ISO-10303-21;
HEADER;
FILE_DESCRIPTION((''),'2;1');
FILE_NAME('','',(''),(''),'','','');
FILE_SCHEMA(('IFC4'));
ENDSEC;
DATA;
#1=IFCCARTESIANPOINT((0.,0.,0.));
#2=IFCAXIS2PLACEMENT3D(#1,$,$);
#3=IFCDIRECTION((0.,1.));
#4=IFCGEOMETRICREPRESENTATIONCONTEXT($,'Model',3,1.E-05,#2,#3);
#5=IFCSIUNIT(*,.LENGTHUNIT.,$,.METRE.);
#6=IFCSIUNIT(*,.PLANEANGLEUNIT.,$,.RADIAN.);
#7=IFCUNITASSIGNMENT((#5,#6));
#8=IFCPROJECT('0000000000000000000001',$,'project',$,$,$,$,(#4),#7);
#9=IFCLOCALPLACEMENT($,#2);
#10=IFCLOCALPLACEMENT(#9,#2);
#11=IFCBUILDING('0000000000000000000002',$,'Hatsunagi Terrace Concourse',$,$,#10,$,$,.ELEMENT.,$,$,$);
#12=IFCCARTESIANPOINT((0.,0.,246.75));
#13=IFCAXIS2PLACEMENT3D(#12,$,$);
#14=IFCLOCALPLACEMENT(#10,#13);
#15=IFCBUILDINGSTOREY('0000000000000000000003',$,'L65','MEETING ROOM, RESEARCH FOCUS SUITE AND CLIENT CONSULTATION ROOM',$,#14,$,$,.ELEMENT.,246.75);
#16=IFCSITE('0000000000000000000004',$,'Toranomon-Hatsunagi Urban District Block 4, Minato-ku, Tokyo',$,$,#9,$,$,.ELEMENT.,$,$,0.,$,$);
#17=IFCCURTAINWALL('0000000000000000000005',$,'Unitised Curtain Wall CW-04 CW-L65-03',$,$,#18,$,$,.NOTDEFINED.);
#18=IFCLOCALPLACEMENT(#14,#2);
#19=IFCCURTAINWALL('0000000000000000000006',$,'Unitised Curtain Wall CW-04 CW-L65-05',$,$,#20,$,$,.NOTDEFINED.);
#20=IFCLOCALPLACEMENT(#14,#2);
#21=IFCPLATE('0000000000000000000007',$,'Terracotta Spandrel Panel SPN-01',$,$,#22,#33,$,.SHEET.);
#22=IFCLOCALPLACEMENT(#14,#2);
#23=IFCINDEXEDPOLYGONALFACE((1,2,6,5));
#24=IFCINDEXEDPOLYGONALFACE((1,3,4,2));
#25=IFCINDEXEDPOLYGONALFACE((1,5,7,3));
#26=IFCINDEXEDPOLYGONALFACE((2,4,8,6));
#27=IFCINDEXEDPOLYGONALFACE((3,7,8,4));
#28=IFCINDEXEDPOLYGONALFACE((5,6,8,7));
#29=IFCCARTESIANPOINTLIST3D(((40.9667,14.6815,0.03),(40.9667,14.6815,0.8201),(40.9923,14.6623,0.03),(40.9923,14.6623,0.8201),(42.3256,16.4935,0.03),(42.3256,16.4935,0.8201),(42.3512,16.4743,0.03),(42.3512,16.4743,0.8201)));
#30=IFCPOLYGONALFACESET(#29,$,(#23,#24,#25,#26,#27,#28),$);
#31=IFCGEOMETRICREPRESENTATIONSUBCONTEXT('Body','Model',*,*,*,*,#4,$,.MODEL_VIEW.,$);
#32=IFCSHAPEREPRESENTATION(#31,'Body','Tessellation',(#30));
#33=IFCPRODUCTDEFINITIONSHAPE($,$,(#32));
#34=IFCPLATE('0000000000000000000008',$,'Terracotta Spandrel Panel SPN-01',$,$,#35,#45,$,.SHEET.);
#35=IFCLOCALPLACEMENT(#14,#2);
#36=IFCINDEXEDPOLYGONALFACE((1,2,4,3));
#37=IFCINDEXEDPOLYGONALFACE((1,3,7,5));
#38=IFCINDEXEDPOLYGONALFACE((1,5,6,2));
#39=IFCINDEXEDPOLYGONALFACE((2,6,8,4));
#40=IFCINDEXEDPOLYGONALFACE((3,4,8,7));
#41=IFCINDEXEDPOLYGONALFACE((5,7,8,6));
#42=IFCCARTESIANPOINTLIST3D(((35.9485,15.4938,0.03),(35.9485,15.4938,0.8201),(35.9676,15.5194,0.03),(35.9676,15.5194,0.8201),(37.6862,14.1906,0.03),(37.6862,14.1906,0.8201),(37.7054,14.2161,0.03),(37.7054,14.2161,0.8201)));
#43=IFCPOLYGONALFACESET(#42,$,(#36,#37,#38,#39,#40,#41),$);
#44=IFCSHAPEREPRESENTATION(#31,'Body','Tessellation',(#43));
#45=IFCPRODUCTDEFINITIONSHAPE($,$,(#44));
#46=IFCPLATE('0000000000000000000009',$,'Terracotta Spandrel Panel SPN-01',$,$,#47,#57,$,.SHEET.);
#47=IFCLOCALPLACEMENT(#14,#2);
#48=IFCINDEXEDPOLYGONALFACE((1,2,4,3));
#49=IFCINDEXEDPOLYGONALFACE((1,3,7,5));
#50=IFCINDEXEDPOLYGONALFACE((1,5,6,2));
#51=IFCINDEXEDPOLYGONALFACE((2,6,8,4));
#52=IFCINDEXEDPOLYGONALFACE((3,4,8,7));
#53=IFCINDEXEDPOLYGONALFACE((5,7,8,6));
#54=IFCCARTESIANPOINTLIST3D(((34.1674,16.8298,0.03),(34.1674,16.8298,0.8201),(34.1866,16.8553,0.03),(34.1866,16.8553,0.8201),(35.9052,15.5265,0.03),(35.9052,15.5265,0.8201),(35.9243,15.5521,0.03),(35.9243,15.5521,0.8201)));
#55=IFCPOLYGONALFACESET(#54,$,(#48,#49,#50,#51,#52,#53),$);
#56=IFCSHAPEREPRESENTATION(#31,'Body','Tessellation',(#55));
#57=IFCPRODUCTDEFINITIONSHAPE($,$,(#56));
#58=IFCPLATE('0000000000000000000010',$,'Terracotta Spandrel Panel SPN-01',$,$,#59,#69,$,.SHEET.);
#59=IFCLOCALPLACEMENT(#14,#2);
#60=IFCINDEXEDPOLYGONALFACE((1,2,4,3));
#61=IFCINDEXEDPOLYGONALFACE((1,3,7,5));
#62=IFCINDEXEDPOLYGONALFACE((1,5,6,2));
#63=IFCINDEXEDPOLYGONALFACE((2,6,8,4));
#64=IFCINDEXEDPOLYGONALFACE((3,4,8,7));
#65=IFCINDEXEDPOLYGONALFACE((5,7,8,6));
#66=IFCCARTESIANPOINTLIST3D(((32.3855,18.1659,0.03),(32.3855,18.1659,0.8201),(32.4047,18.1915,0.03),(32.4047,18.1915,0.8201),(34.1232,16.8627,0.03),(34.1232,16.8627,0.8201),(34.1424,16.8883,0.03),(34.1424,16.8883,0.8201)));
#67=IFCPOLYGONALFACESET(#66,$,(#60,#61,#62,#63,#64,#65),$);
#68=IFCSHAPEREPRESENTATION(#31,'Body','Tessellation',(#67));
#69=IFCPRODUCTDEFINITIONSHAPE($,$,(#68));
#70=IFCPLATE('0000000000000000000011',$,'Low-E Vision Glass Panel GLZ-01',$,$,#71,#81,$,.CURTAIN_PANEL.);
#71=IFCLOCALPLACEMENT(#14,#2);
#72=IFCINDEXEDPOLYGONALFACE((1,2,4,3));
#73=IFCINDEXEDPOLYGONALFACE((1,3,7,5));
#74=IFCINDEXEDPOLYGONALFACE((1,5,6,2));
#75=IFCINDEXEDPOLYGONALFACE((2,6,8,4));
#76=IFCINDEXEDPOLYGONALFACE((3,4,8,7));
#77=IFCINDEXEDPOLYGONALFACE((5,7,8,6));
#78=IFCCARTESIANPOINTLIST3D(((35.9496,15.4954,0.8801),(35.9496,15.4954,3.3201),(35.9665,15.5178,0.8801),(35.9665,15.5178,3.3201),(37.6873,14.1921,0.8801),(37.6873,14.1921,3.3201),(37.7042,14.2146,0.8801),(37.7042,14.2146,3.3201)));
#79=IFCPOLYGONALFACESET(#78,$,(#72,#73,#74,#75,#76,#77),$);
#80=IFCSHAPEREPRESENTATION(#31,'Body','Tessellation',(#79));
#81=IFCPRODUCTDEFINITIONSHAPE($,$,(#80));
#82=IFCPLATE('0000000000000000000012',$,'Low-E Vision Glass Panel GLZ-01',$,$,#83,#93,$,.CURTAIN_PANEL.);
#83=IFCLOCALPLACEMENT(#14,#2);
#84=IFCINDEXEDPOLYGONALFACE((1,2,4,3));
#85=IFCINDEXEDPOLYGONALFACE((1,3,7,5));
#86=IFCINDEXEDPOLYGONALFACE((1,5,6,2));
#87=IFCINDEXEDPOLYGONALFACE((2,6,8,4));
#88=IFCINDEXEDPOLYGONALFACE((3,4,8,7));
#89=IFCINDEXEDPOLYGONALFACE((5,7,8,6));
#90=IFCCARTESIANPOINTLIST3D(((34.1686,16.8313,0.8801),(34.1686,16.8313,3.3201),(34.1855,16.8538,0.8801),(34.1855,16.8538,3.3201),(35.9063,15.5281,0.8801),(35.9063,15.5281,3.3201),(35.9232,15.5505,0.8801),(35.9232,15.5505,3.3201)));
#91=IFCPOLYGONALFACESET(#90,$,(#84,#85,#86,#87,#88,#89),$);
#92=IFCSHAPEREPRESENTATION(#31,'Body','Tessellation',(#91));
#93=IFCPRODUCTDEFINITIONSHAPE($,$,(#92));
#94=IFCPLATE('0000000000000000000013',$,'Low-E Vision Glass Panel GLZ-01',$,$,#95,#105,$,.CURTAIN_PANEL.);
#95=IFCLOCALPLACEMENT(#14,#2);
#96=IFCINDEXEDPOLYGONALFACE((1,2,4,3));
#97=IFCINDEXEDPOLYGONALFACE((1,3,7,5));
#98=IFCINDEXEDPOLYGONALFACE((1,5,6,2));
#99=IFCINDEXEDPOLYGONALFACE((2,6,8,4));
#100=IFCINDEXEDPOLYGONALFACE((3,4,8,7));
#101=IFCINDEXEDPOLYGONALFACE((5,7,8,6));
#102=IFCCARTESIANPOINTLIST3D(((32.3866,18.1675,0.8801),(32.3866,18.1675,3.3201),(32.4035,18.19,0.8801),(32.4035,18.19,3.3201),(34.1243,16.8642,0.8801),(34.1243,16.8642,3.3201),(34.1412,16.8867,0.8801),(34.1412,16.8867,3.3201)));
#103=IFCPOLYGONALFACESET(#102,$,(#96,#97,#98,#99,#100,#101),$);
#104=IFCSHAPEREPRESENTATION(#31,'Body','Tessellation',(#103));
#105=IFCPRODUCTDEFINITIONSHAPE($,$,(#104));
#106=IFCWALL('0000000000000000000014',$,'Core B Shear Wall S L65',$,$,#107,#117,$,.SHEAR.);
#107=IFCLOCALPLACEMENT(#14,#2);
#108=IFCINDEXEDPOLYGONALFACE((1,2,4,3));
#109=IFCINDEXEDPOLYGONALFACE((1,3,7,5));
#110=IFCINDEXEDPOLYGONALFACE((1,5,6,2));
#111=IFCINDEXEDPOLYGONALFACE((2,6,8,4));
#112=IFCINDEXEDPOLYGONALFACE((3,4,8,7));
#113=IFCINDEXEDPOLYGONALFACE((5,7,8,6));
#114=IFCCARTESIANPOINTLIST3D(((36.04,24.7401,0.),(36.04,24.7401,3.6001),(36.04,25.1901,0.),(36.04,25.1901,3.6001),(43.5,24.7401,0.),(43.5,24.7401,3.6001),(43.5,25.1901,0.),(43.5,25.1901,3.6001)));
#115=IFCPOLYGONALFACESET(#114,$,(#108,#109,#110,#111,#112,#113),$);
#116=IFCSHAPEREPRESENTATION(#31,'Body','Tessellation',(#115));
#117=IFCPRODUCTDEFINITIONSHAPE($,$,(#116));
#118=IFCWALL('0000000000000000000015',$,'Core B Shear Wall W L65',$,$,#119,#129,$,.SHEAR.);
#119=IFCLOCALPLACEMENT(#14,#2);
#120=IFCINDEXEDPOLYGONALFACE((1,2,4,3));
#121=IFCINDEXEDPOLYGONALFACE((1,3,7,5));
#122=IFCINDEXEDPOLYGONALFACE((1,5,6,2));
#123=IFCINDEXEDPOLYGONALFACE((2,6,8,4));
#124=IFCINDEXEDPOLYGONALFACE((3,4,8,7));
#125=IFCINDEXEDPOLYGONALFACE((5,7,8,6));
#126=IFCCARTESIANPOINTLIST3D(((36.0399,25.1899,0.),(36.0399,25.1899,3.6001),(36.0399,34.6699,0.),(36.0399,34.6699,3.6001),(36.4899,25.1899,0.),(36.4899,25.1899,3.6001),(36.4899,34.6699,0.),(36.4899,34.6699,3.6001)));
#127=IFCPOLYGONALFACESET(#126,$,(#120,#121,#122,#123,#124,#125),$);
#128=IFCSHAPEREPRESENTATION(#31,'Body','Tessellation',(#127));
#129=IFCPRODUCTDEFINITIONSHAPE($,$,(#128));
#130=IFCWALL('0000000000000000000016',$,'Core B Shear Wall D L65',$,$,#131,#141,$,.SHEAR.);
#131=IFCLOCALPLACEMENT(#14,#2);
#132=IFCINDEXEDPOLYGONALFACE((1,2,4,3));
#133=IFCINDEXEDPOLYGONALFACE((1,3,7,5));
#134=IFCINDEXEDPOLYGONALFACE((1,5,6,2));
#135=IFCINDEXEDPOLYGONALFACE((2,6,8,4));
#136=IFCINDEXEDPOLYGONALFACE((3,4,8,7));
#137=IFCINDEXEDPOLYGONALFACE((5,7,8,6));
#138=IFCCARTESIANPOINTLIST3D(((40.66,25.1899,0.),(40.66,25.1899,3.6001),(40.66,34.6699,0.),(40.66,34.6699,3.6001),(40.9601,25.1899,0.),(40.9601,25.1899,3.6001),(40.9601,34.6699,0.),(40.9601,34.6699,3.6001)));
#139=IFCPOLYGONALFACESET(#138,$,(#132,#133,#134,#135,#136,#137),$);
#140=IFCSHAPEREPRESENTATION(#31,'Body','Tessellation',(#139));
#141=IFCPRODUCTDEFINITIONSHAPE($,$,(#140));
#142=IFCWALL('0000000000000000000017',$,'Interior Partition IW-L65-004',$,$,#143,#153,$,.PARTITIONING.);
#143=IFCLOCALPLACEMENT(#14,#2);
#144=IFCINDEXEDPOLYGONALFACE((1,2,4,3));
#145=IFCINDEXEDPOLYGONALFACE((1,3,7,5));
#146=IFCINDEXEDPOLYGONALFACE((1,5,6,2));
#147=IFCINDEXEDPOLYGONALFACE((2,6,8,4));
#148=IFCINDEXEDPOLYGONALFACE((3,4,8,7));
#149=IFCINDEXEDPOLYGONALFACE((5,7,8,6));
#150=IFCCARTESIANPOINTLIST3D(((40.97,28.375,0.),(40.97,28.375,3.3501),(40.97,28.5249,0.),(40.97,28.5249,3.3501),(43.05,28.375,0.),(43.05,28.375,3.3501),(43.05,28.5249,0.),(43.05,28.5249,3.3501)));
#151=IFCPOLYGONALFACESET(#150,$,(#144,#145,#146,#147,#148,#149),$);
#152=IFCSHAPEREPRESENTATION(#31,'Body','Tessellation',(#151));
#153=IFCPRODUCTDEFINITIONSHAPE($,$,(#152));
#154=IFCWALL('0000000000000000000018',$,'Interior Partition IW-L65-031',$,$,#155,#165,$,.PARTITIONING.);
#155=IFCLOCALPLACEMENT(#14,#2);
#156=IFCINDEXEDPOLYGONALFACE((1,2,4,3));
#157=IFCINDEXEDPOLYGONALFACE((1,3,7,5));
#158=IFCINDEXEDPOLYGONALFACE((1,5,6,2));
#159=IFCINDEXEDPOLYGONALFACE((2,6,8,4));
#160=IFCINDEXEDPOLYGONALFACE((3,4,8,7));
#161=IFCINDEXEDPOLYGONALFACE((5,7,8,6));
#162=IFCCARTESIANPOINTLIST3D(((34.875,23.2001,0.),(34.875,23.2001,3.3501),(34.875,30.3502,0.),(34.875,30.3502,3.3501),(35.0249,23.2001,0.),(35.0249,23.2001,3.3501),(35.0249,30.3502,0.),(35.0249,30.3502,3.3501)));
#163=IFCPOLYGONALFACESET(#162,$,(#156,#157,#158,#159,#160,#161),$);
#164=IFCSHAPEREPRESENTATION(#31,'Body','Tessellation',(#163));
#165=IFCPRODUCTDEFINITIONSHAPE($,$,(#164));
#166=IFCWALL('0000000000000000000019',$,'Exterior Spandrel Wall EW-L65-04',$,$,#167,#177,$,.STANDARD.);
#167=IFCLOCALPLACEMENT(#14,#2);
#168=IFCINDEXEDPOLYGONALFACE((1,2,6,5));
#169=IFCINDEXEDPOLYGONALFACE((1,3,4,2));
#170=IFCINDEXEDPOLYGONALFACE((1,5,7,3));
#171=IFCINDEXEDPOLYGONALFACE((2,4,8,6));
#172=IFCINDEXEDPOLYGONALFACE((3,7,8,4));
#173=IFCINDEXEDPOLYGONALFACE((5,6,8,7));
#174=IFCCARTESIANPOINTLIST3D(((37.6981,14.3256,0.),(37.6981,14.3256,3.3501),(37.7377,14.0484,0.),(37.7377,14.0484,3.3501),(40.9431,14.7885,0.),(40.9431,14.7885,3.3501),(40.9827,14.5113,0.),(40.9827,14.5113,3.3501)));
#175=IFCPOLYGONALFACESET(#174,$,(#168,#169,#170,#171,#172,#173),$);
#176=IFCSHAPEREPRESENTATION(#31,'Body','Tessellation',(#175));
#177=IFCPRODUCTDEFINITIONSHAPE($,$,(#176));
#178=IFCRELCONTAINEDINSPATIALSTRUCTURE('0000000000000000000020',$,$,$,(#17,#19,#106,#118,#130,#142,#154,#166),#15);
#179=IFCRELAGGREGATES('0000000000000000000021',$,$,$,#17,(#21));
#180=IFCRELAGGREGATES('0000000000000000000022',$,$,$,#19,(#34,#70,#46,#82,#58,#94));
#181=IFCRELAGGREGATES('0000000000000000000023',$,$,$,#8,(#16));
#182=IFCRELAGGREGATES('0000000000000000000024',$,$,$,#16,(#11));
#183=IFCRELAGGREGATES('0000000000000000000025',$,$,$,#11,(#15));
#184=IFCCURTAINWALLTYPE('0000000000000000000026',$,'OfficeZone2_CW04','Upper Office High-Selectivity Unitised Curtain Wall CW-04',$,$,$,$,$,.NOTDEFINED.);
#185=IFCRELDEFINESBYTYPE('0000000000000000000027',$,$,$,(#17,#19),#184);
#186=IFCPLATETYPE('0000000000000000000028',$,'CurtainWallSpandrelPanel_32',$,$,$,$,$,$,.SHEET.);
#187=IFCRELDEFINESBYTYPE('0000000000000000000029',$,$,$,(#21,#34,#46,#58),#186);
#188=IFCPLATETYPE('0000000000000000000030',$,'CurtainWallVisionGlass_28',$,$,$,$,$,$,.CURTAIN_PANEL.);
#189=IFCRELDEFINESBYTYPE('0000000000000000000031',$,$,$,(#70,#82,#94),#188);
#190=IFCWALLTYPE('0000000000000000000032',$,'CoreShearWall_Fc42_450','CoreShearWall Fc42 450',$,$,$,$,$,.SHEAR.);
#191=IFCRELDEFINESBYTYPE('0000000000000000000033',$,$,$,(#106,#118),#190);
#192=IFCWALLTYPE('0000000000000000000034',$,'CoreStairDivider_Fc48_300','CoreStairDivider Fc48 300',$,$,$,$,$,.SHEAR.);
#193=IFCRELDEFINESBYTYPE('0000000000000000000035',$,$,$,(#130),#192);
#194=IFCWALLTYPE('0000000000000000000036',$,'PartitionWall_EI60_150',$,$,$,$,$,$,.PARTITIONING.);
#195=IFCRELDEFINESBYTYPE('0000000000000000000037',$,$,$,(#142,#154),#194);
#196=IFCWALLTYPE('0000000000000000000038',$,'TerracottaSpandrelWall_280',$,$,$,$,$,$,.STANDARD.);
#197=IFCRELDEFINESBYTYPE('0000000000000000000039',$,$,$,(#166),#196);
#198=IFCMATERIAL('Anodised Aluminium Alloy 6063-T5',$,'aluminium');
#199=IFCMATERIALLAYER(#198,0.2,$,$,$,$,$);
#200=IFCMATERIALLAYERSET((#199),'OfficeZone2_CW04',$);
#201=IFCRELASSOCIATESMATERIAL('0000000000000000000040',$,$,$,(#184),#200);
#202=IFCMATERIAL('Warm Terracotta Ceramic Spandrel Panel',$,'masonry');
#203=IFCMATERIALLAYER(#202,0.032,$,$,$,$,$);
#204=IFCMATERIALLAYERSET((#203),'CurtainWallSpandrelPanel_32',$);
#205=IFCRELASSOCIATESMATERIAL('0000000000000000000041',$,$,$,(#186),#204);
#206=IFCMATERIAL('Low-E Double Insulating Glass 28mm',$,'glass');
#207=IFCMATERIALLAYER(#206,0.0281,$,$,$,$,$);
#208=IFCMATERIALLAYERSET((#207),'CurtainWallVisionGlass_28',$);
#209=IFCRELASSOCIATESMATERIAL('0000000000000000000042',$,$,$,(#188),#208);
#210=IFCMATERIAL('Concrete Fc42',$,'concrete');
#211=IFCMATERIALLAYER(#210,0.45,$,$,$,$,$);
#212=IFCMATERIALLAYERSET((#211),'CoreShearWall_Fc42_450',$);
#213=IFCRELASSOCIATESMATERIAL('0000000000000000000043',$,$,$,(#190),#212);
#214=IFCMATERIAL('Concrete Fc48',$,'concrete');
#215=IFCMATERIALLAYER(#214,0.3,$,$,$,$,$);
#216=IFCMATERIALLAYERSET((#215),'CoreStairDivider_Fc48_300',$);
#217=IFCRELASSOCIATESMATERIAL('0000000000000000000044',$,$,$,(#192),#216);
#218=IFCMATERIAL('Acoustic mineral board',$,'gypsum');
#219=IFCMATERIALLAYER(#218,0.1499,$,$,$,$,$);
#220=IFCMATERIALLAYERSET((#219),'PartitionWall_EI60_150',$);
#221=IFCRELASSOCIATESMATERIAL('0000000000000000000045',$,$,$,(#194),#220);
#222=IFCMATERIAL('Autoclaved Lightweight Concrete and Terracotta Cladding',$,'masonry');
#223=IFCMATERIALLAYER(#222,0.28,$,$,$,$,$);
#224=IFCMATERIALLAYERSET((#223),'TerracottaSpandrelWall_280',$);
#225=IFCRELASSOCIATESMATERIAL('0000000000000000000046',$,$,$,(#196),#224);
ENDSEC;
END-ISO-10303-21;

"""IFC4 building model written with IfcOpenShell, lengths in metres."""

from ifc_helpers import new_model, si_unit, direction, frame, frame_2d, origin, origin_2d, place, context, subcontext, project, spatial, rectangle, extrude, material, layer, layer_set, type_object, element, aggregate, save


model = new_model("IFC4")

# Units and contexts
model_context = context("Model", 3, precision=1e-05, world=origin(), true_north=direction((0.0, 1.0)))
body_context = subcontext(model_context, "Body", "Model", "MODEL_VIEW")
ifc_project = project(units=[si_unit("LENGTHUNIT", "METRE"), si_unit("PLANEANGLEUNIT", "RADIAN")], contexts=[model_context])

# Site, building, storey
site_placement = place(None, origin())
site = spatial("IfcSite", under=ifc_project, at=site_placement, Name="Toranomon-Hatsunagi Urban District Block 4, Minato-ku, Tokyo", CompositionType="ELEMENT", RefElevation=0.0)
building_placement = place(site_placement, origin())
building = spatial("IfcBuilding", under=site, at=building_placement, Name="Hatsunagi Terrace Concourse", CompositionType="ELEMENT")
storey_placement = place(building_placement, frame((0.0, 0.0, 246.75)))
storey = spatial("IfcBuildingStorey", under=building, at=storey_placement, Name="L65", Description="MEETING ROOM, RESEARCH FOCUS SUITE AND CLIENT CONSULTATION ROOM", CompositionType="ELEMENT", Elevation=246.75)

# Curtain wall
ifc_material_1 = material(Name="Anodised Aluminium Alloy 6063-T5", Category="aluminium")
ifc_layer_1 = layer(ifc_material_1, 0.2)
ifc_layer_set_1 = layer_set([ifc_layer_1], Name="OfficeZone2_CW04")
curtain_wall_type = type_object("IfcCurtainWallType", Name="OfficeZone2_CW04", Description="Upper Office High-Selectivity Unitised Curtain Wall CW-04", PredefinedType="NOTDEFINED", material=ifc_layer_set_1)
curtain_wall_1_placement = place(storey_placement, origin())
curtain_wall_1 = element("IfcCurtainWall", 1, at=curtain_wall_1_placement, inside=storey, type_object=curtain_wall_type, Name="Unitised Curtain Wall CW-04 CW-L65-03", PredefinedType="NOTDEFINED")

# Curtain wall
curtain_wall_2_placement = place(storey_placement, origin())
curtain_wall_2 = element("IfcCurtainWall", 2, at=curtain_wall_2_placement, inside=storey, type_object=curtain_wall_type, Name="Unitised Curtain Wall CW-04 CW-L65-05", PredefinedType="NOTDEFINED")

# Plates
ifc_material_2 = material(Name="Warm Terracotta Ceramic Spandrel Panel", Category="masonry")
ifc_layer_2 = layer(ifc_material_2, 0.032)
ifc_layer_set_2 = layer_set([ifc_layer_2], Name="CurtainWallSpandrelPanel_32")
plate_type_1 = type_object("IfcPlateType", Name="CurtainWallSpandrelPanel_32", PredefinedType="SHEET", material=ifc_layer_set_2)
plate_1_placement = place(storey_placement, frame((41.6589, 15.5779, 0.03), z_axis=(0.0, 0.0, 1.0), x_axis=(-0.599969, -0.800023, 0.0)))
plate_1 = element("IfcPlate", 3, at=plate_1_placement, type_object=plate_type_1, Name="Terracotta Spandrel Panel SPN-01", PredefinedType="SHEET", context=body_context, shape_type="SweptSolid", body=[
    extrude(rectangle(XDim=2.2649, YDim=0.032, at=origin_2d()), origin(), (0.0, 0.0, 1.0), 0.79),
])
aggregate(curtain_wall_1, [plate_1])
plate_2_placement = place(storey_placement, frame((36.8269, 14.855, 0.03), z_axis=(0.0, 0.0, 1.0), x_axis=(-0.800007, 0.59999, 0.0)))
plate_2 = element("IfcPlate", 4, at=plate_2_placement, type_object=plate_type_1, Name="Terracotta Spandrel Panel SPN-01", PredefinedType="SHEET", context=body_context, shape_type="SweptSolid", body=[
    extrude(rectangle(XDim=2.1721, YDim=0.032, at=origin_2d()), origin(), (0.0, 0.0, 1.0), 0.79),
])
plate_3_placement = place(storey_placement, frame((35.0459, 16.1909, 0.03), z_axis=(0.0, 0.0, 1.0), x_axis=(-0.800007, 0.59999, 0.0)))
plate_3 = element("IfcPlate", 5, at=plate_3_placement, type_object=plate_type_1, Name="Terracotta Spandrel Panel SPN-01", PredefinedType="SHEET", context=body_context, shape_type="SweptSolid", body=[
    extrude(rectangle(XDim=2.1721, YDim=0.032, at=origin_2d()), origin(), (0.0, 0.0, 1.0), 0.79),
])
plate_4_placement = place(storey_placement, frame((33.2639, 17.5271, 0.03), z_axis=(0.0, 0.0, 1.0), x_axis=(-0.800007, 0.59999, 0.0)))
plate_4 = element("IfcPlate", 6, at=plate_4_placement, type_object=plate_type_1, Name="Terracotta Spandrel Panel SPN-01", PredefinedType="SHEET", context=body_context, shape_type="SweptSolid", body=[
    extrude(rectangle(XDim=2.1721, YDim=0.032, at=origin_2d()), origin(), (0.0, 0.0, 1.0), 0.79),
])
ifc_material_3 = material(Name="Low-E Double Insulating Glass 28mm", Category="glass")
ifc_layer_3 = layer(ifc_material_3, 0.0281)
ifc_layer_set_3 = layer_set([ifc_layer_3], Name="CurtainWallVisionGlass_28")
plate_type_2 = type_object("IfcPlateType", Name="CurtainWallVisionGlass_28", PredefinedType="CURTAIN_PANEL", material=ifc_layer_set_3)
plate_5_placement = place(storey_placement, frame((36.8269, 14.855, 0.8801), z_axis=(0.0, 0.0, 1.0), x_axis=(-0.800007, 0.59999, 0.0)))
plate_5 = element("IfcPlate", 7, at=plate_5_placement, type_object=plate_type_2, Name="Low-E Vision Glass Panel GLZ-01", PredefinedType="CURTAIN_PANEL", context=body_context, shape_type="SweptSolid", body=[
    extrude(rectangle(XDim=2.1721, YDim=0.0281, at=origin_2d()), origin(), (0.0, 0.0, 1.0), 2.4399),
])
plate_6_placement = place(storey_placement, frame((35.0459, 16.1909, 0.8801), z_axis=(0.0, 0.0, 1.0), x_axis=(-0.800007, 0.59999, 0.0)))
plate_6 = element("IfcPlate", 8, at=plate_6_placement, type_object=plate_type_2, Name="Low-E Vision Glass Panel GLZ-01", PredefinedType="CURTAIN_PANEL", context=body_context, shape_type="SweptSolid", body=[
    extrude(rectangle(XDim=2.1721, YDim=0.0281, at=origin_2d()), origin(), (0.0, 0.0, 1.0), 2.4399),
])
plate_7_placement = place(storey_placement, frame((33.2639, 17.5271, 0.8801), z_axis=(0.0, 0.0, 1.0), x_axis=(-0.800007, 0.59999, 0.0)))
plate_7 = element("IfcPlate", 9, at=plate_7_placement, type_object=plate_type_2, Name="Low-E Vision Glass Panel GLZ-01", PredefinedType="CURTAIN_PANEL", context=body_context, shape_type="SweptSolid", body=[
    extrude(rectangle(XDim=2.1721, YDim=0.0281, at=origin_2d()), origin(), (0.0, 0.0, 1.0), 2.4399),
])
aggregate(curtain_wall_2, [plate_2, plate_5, plate_3, plate_6, plate_4, plate_7])

# Walls
ifc_material_4 = material(Name="Concrete Fc42", Category="concrete")
ifc_layer_4 = layer(ifc_material_4, 0.45)
ifc_layer_set_4 = layer_set([ifc_layer_4], Name="CoreShearWall_Fc42_450")
wall_type_1 = type_object("IfcWallType", Name="CoreShearWall_Fc42_450", Description="CoreShearWall Fc42 450", PredefinedType="SHEAR", material=ifc_layer_set_4)
wall_1_placement = place(storey_placement, frame((36.04, 24.9651, 0.0), z_axis=(0.0, 0.0, 1.0), x_axis=(1.0, 0.0, 0.0)))
element("IfcWall", 10, at=wall_1_placement, inside=storey, type_object=wall_type_1, Name="Core B Shear Wall S L65", PredefinedType="SHEAR", context=body_context, shape_type="SweptSolid", body=[
    extrude(rectangle(XDim=7.46, YDim=0.45, at=frame_2d((3.73, 0.0))), origin(), (0.0, 0.0, 1.0), 3.6001),
])
wall_2_placement = place(storey_placement, frame((36.2649, 25.1899, 0.0), z_axis=(0.0, 0.0, 1.0), x_axis=(0.0, 1.0, 0.0)))
element("IfcWall", 11, at=wall_2_placement, inside=storey, type_object=wall_type_1, Name="Core B Shear Wall W L65", PredefinedType="SHEAR", context=body_context, shape_type="SweptSolid", body=[
    extrude(rectangle(XDim=9.48, YDim=0.45, at=frame_2d((4.74, 0.0))), origin(), (0.0, 0.0, 1.0), 3.6001),
])
ifc_material_5 = material(Name="Concrete Fc48", Category="concrete")
ifc_layer_5 = layer(ifc_material_5, 0.3)
ifc_layer_set_5 = layer_set([ifc_layer_5], Name="CoreStairDivider_Fc48_300")
wall_type_2 = type_object("IfcWallType", Name="CoreStairDivider_Fc48_300", Description="CoreStairDivider Fc48 300", PredefinedType="SHEAR", material=ifc_layer_set_5)
wall_3_placement = place(storey_placement, frame((40.8101, 25.1899, 0.0), z_axis=(0.0, 0.0, 1.0), x_axis=(0.0, 1.0, 0.0)))
element("IfcWall", 12, at=wall_3_placement, inside=storey, type_object=wall_type_2, Name="Core B Shear Wall D L65", PredefinedType="SHEAR", context=body_context, shape_type="SweptSolid", body=[
    extrude(rectangle(XDim=9.48, YDim=0.3, at=frame_2d((4.74, 0.0))), origin(), (0.0, 0.0, 1.0), 3.6001),
])
ifc_material_6 = material(Name="Acoustic mineral board", Category="gypsum")
ifc_layer_6 = layer(ifc_material_6, 0.1499)
ifc_layer_set_6 = layer_set([ifc_layer_6], Name="PartitionWall_EI60_150")
wall_type_3 = type_object("IfcWallType", Name="PartitionWall_EI60_150", PredefinedType="PARTITIONING", material=ifc_layer_set_6)
wall_4_placement = place(storey_placement, frame((40.97, 28.45, 0.0), z_axis=(0.0, 0.0, 1.0), x_axis=(1.0, 0.0, 0.0)))
element("IfcWall", 13, at=wall_4_placement, inside=storey, type_object=wall_type_3, Name="Interior Partition IW-L65-004", PredefinedType="PARTITIONING", context=body_context, shape_type="SweptSolid", body=[
    extrude(rectangle(XDim=2.0801, YDim=0.1499, at=frame_2d((1.04, 0.0))), origin(), (0.0, 0.0, 1.0), 3.3501),
])
wall_5_placement = place(storey_placement, frame((34.95, 23.2, 0.0), z_axis=(0.0, 0.0, 1.0), x_axis=(0.0, 1.0, 0.0)))
element("IfcWall", 14, at=wall_5_placement, inside=storey, type_object=wall_type_3, Name="Interior Partition IW-L65-031", PredefinedType="PARTITIONING", context=body_context, shape_type="SweptSolid", body=[
    extrude(rectangle(XDim=7.1501, YDim=0.1499, at=frame_2d((3.5752, 0.0))), origin(), (0.0, 0.0, 1.0), 3.3501),
])
ifc_material_7 = material(Name="Autoclaved Lightweight Concrete and Terracotta Cladding", Category="masonry")
ifc_layer_7 = layer(ifc_material_7, 0.28)
ifc_layer_set_7 = layer_set([ifc_layer_7], Name="TerracottaSpandrelWall_280")
wall_type_4 = type_object("IfcWallType", Name="TerracottaSpandrelWall_280", PredefinedType="STANDARD", material=ifc_layer_set_7)
wall_6_placement = place(storey_placement, frame((40.9629, 14.6499, 0.0), z_axis=(0.0, 0.0, 1.0), x_axis=(-0.989978, -0.141223, 0.0)))
element("IfcWall", 15, at=wall_6_placement, inside=storey, type_object=wall_type_4, Name="Exterior Spandrel Wall EW-L65-04", PredefinedType="STANDARD", context=body_context, shape_type="SweptSolid", body=[
    extrude(rectangle(XDim=3.2778, YDim=0.28, at=frame_2d((1.6389, 0.0))), origin(), (0.0, 0.0, 1.0), 3.3501),
])

save(model, "model.ifc")
